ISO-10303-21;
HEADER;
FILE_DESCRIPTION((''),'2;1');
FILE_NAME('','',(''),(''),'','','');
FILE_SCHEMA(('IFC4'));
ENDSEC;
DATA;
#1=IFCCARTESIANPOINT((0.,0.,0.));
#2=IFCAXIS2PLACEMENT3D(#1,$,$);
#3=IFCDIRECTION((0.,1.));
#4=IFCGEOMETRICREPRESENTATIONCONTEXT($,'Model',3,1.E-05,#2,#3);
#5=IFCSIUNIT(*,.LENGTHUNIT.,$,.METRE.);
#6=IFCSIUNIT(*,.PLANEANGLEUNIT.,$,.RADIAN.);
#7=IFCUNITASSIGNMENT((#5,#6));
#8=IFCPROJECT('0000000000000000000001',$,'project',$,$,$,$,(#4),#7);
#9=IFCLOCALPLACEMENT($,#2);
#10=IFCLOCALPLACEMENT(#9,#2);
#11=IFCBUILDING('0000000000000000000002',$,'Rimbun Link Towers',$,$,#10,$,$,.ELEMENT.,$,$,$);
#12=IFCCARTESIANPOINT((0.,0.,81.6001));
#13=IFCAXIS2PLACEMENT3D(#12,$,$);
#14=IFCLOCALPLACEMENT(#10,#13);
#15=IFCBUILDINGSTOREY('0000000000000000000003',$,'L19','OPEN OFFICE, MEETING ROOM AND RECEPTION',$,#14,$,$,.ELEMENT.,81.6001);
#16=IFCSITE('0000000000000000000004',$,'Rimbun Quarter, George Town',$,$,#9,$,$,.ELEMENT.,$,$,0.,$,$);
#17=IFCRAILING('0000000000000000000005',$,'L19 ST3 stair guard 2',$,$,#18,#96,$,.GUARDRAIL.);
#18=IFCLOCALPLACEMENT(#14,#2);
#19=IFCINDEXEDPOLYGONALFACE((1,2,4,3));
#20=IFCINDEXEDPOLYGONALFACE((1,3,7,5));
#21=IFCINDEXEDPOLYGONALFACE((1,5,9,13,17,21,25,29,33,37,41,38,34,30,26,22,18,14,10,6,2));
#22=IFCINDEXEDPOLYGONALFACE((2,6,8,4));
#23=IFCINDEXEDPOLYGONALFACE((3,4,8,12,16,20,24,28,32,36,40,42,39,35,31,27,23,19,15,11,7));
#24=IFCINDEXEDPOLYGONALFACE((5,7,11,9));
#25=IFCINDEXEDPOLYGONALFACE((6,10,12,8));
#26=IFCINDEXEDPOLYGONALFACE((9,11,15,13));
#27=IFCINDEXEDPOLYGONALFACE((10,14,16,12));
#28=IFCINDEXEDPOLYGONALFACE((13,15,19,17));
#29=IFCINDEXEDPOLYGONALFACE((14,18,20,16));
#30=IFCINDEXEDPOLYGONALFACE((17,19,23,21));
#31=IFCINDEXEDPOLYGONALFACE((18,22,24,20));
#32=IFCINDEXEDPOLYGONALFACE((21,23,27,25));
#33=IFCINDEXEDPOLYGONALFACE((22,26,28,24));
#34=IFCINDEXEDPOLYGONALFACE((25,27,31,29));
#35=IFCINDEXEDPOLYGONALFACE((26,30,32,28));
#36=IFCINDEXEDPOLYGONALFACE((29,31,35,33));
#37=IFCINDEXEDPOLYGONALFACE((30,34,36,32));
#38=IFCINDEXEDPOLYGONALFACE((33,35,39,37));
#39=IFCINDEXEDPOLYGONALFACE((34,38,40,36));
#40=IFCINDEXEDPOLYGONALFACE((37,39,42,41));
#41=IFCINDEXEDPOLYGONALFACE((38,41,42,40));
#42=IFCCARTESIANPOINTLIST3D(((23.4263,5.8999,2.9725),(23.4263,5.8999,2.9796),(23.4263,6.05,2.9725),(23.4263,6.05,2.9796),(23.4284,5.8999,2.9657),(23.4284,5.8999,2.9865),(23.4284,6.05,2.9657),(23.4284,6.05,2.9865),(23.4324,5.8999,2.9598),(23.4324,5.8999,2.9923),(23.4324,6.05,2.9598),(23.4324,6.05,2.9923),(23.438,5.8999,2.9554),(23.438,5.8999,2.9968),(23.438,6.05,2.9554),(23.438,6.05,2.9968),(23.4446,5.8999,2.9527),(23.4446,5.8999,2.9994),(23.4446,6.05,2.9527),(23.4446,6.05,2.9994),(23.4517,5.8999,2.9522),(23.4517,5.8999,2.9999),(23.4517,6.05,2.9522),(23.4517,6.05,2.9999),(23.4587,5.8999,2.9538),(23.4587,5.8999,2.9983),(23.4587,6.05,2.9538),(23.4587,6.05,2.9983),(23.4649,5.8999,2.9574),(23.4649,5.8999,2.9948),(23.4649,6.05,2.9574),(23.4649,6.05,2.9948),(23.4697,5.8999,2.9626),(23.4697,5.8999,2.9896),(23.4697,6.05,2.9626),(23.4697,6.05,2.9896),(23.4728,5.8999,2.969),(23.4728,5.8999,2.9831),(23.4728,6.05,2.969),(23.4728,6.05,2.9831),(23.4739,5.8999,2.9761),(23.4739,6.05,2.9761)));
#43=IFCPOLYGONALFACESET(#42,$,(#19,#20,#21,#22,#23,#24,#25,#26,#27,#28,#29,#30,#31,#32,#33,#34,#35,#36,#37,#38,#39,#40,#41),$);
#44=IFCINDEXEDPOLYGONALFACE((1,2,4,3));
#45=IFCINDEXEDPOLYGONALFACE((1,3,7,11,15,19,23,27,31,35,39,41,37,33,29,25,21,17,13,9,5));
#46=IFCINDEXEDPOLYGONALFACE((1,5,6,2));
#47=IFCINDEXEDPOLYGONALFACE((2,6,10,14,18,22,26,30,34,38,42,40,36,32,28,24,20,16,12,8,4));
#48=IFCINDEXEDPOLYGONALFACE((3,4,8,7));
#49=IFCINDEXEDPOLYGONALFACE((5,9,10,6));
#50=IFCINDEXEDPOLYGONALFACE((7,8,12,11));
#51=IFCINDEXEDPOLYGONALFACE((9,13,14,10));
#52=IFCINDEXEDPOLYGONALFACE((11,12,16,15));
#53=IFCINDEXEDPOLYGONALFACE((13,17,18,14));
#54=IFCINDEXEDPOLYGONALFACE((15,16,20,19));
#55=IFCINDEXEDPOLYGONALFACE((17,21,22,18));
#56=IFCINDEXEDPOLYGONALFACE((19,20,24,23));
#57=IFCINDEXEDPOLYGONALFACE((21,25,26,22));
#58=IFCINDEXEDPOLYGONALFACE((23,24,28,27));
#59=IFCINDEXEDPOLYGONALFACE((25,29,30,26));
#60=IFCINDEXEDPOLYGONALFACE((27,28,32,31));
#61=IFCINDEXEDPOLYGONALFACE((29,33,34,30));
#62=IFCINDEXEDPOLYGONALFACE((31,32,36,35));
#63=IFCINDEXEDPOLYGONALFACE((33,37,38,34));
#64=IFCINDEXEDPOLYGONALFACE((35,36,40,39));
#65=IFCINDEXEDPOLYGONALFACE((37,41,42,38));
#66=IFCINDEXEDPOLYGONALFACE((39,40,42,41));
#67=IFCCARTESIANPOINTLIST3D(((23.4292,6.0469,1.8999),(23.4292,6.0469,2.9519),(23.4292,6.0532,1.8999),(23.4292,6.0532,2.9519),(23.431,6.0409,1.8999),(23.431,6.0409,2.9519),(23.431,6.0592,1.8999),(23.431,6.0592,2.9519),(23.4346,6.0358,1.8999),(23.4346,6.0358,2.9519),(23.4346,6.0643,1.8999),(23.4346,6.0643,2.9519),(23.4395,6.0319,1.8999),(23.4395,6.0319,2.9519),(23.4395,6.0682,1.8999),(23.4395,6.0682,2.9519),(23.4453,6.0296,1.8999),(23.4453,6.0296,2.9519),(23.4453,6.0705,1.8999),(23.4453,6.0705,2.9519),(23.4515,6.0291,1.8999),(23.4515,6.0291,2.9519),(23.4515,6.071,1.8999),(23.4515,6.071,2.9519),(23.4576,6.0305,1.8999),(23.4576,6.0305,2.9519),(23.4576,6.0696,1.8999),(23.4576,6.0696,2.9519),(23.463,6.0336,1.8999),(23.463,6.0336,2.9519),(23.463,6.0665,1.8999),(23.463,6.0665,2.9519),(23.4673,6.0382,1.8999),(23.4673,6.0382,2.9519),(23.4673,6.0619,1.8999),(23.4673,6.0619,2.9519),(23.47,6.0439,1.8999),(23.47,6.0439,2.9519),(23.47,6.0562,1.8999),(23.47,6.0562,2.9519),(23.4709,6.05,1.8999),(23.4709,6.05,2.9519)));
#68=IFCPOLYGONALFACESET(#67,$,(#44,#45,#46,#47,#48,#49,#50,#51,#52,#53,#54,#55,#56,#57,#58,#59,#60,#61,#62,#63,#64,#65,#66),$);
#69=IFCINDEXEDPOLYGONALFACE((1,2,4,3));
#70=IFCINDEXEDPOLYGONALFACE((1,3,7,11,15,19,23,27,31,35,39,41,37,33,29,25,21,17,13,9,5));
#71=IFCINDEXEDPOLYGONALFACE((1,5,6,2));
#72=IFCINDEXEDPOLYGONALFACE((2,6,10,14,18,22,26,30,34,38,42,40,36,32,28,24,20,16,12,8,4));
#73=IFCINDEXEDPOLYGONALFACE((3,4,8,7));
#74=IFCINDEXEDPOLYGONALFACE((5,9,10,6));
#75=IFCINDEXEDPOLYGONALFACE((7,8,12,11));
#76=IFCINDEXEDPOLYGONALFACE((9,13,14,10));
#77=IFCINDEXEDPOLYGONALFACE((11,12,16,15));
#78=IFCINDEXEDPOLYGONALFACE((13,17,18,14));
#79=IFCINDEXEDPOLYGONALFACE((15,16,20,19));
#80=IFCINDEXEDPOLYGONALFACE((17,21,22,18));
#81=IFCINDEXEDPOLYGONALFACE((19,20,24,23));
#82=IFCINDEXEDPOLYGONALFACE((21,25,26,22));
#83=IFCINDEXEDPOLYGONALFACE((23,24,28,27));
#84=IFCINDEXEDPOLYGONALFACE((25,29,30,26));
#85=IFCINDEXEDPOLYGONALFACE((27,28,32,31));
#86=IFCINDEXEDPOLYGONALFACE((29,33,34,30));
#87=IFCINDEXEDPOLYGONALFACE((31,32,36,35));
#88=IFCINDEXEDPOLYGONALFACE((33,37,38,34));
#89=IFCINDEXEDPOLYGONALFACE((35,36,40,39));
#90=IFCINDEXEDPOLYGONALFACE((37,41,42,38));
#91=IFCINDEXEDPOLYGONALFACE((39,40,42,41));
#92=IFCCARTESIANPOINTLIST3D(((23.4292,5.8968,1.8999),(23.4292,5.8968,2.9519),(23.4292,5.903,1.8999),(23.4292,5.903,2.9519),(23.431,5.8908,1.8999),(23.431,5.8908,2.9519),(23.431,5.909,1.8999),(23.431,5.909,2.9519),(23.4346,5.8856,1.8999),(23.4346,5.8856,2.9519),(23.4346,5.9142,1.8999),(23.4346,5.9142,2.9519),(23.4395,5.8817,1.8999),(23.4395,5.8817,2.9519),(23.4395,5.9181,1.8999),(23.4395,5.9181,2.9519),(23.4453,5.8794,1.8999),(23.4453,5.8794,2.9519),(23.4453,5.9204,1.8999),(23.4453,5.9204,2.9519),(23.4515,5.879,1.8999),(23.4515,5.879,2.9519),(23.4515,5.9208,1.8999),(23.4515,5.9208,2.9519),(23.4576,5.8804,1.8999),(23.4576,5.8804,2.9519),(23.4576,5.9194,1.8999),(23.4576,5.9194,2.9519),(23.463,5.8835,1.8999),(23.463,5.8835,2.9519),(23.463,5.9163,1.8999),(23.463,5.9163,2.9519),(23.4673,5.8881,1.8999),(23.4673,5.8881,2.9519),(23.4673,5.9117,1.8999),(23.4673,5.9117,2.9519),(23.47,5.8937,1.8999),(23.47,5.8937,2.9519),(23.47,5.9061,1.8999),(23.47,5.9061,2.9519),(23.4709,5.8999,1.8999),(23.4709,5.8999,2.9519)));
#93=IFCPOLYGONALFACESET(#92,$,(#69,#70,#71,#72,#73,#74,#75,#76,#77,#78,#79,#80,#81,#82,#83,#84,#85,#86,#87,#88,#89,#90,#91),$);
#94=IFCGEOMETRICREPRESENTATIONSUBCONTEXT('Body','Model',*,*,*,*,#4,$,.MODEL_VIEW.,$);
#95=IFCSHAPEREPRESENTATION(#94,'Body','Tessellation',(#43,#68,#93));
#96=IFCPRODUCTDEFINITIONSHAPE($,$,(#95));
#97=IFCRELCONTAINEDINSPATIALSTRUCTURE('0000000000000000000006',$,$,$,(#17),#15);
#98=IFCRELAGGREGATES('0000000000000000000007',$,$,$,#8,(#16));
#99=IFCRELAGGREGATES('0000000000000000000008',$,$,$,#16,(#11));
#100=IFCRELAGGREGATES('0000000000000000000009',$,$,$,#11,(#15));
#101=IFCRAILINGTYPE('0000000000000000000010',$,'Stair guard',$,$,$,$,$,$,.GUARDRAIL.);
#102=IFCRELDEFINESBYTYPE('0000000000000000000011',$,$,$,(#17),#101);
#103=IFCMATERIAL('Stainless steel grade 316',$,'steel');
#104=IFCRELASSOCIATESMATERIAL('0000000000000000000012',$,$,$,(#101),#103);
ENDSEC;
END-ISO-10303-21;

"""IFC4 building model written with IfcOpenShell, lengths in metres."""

from ifc_helpers import new_model, si_unit, direction, frame, origin, origin_2d, place, context, subcontext, project, spatial, circle, extrude, material, type_object, element, save


model = new_model("IFC4")

# Units and contexts
model_context = context("Model", 3, precision=1e-05, world=origin(), true_north=direction((0.0, 1.0)))
body_context = subcontext(model_context, "Body", "Model", "MODEL_VIEW")
ifc_project = project(units=[si_unit("LENGTHUNIT", "METRE"), si_unit("PLANEANGLEUNIT", "RADIAN")], contexts=[model_context])

# Site, building, storey
site_placement = place(None, origin())
site = spatial("IfcSite", under=ifc_project, at=site_placement, Name="Rimbun Quarter, George Town", CompositionType="ELEMENT", RefElevation=0.0)
building_placement = place(site_placement, origin())
building = spatial("IfcBuilding", under=site, at=building_placement, Name="Rimbun Link Towers", CompositionType="ELEMENT")
storey_placement = place(building_placement, frame((0.0, 0.0, 81.6001)))
storey = spatial("IfcBuildingStorey", under=building, at=storey_placement, Name="L19", Description="OPEN OFFICE, MEETING ROOM AND RECEPTION", CompositionType="ELEMENT", Elevation=81.6001)

# Railing
ifc_material_1 = material(Name="Stainless steel grade 316", Category="steel")
railing_type = type_object("IfcRailingType", Name="Stair guard", PredefinedType="GUARDRAIL", material=ifc_material_1)
railing_1_placement = place(storey_placement, frame((23.45, 6.05, 1.8999)))
element("IfcRailing", 1, at=railing_1_placement, inside=storey, type_object=railing_type, Name="L19 ST3 stair guard 2", PredefinedType="GUARDRAIL", context=body_context, shape_type="SweptSolid", body=[
    extrude(circle(Radius=0.0239, at=origin_2d()), frame((0.0, 0.0, 1.0762), z_axis=(0.0, -1.0, 0.0), x_axis=(1.0, 0.0, 0.0)), (0.0, 0.0, 1.0), 0.1501),
    extrude(circle(Radius=0.021, at=origin_2d()), origin(), (0.0, 0.0, 1.0), 1.052),
    extrude(circle(Radius=0.021, at=origin_2d()), frame((0.0, -0.1501, 0.0)), (0.0, 0.0, 1.0), 1.052),
])

save(model, "model.ifc")
